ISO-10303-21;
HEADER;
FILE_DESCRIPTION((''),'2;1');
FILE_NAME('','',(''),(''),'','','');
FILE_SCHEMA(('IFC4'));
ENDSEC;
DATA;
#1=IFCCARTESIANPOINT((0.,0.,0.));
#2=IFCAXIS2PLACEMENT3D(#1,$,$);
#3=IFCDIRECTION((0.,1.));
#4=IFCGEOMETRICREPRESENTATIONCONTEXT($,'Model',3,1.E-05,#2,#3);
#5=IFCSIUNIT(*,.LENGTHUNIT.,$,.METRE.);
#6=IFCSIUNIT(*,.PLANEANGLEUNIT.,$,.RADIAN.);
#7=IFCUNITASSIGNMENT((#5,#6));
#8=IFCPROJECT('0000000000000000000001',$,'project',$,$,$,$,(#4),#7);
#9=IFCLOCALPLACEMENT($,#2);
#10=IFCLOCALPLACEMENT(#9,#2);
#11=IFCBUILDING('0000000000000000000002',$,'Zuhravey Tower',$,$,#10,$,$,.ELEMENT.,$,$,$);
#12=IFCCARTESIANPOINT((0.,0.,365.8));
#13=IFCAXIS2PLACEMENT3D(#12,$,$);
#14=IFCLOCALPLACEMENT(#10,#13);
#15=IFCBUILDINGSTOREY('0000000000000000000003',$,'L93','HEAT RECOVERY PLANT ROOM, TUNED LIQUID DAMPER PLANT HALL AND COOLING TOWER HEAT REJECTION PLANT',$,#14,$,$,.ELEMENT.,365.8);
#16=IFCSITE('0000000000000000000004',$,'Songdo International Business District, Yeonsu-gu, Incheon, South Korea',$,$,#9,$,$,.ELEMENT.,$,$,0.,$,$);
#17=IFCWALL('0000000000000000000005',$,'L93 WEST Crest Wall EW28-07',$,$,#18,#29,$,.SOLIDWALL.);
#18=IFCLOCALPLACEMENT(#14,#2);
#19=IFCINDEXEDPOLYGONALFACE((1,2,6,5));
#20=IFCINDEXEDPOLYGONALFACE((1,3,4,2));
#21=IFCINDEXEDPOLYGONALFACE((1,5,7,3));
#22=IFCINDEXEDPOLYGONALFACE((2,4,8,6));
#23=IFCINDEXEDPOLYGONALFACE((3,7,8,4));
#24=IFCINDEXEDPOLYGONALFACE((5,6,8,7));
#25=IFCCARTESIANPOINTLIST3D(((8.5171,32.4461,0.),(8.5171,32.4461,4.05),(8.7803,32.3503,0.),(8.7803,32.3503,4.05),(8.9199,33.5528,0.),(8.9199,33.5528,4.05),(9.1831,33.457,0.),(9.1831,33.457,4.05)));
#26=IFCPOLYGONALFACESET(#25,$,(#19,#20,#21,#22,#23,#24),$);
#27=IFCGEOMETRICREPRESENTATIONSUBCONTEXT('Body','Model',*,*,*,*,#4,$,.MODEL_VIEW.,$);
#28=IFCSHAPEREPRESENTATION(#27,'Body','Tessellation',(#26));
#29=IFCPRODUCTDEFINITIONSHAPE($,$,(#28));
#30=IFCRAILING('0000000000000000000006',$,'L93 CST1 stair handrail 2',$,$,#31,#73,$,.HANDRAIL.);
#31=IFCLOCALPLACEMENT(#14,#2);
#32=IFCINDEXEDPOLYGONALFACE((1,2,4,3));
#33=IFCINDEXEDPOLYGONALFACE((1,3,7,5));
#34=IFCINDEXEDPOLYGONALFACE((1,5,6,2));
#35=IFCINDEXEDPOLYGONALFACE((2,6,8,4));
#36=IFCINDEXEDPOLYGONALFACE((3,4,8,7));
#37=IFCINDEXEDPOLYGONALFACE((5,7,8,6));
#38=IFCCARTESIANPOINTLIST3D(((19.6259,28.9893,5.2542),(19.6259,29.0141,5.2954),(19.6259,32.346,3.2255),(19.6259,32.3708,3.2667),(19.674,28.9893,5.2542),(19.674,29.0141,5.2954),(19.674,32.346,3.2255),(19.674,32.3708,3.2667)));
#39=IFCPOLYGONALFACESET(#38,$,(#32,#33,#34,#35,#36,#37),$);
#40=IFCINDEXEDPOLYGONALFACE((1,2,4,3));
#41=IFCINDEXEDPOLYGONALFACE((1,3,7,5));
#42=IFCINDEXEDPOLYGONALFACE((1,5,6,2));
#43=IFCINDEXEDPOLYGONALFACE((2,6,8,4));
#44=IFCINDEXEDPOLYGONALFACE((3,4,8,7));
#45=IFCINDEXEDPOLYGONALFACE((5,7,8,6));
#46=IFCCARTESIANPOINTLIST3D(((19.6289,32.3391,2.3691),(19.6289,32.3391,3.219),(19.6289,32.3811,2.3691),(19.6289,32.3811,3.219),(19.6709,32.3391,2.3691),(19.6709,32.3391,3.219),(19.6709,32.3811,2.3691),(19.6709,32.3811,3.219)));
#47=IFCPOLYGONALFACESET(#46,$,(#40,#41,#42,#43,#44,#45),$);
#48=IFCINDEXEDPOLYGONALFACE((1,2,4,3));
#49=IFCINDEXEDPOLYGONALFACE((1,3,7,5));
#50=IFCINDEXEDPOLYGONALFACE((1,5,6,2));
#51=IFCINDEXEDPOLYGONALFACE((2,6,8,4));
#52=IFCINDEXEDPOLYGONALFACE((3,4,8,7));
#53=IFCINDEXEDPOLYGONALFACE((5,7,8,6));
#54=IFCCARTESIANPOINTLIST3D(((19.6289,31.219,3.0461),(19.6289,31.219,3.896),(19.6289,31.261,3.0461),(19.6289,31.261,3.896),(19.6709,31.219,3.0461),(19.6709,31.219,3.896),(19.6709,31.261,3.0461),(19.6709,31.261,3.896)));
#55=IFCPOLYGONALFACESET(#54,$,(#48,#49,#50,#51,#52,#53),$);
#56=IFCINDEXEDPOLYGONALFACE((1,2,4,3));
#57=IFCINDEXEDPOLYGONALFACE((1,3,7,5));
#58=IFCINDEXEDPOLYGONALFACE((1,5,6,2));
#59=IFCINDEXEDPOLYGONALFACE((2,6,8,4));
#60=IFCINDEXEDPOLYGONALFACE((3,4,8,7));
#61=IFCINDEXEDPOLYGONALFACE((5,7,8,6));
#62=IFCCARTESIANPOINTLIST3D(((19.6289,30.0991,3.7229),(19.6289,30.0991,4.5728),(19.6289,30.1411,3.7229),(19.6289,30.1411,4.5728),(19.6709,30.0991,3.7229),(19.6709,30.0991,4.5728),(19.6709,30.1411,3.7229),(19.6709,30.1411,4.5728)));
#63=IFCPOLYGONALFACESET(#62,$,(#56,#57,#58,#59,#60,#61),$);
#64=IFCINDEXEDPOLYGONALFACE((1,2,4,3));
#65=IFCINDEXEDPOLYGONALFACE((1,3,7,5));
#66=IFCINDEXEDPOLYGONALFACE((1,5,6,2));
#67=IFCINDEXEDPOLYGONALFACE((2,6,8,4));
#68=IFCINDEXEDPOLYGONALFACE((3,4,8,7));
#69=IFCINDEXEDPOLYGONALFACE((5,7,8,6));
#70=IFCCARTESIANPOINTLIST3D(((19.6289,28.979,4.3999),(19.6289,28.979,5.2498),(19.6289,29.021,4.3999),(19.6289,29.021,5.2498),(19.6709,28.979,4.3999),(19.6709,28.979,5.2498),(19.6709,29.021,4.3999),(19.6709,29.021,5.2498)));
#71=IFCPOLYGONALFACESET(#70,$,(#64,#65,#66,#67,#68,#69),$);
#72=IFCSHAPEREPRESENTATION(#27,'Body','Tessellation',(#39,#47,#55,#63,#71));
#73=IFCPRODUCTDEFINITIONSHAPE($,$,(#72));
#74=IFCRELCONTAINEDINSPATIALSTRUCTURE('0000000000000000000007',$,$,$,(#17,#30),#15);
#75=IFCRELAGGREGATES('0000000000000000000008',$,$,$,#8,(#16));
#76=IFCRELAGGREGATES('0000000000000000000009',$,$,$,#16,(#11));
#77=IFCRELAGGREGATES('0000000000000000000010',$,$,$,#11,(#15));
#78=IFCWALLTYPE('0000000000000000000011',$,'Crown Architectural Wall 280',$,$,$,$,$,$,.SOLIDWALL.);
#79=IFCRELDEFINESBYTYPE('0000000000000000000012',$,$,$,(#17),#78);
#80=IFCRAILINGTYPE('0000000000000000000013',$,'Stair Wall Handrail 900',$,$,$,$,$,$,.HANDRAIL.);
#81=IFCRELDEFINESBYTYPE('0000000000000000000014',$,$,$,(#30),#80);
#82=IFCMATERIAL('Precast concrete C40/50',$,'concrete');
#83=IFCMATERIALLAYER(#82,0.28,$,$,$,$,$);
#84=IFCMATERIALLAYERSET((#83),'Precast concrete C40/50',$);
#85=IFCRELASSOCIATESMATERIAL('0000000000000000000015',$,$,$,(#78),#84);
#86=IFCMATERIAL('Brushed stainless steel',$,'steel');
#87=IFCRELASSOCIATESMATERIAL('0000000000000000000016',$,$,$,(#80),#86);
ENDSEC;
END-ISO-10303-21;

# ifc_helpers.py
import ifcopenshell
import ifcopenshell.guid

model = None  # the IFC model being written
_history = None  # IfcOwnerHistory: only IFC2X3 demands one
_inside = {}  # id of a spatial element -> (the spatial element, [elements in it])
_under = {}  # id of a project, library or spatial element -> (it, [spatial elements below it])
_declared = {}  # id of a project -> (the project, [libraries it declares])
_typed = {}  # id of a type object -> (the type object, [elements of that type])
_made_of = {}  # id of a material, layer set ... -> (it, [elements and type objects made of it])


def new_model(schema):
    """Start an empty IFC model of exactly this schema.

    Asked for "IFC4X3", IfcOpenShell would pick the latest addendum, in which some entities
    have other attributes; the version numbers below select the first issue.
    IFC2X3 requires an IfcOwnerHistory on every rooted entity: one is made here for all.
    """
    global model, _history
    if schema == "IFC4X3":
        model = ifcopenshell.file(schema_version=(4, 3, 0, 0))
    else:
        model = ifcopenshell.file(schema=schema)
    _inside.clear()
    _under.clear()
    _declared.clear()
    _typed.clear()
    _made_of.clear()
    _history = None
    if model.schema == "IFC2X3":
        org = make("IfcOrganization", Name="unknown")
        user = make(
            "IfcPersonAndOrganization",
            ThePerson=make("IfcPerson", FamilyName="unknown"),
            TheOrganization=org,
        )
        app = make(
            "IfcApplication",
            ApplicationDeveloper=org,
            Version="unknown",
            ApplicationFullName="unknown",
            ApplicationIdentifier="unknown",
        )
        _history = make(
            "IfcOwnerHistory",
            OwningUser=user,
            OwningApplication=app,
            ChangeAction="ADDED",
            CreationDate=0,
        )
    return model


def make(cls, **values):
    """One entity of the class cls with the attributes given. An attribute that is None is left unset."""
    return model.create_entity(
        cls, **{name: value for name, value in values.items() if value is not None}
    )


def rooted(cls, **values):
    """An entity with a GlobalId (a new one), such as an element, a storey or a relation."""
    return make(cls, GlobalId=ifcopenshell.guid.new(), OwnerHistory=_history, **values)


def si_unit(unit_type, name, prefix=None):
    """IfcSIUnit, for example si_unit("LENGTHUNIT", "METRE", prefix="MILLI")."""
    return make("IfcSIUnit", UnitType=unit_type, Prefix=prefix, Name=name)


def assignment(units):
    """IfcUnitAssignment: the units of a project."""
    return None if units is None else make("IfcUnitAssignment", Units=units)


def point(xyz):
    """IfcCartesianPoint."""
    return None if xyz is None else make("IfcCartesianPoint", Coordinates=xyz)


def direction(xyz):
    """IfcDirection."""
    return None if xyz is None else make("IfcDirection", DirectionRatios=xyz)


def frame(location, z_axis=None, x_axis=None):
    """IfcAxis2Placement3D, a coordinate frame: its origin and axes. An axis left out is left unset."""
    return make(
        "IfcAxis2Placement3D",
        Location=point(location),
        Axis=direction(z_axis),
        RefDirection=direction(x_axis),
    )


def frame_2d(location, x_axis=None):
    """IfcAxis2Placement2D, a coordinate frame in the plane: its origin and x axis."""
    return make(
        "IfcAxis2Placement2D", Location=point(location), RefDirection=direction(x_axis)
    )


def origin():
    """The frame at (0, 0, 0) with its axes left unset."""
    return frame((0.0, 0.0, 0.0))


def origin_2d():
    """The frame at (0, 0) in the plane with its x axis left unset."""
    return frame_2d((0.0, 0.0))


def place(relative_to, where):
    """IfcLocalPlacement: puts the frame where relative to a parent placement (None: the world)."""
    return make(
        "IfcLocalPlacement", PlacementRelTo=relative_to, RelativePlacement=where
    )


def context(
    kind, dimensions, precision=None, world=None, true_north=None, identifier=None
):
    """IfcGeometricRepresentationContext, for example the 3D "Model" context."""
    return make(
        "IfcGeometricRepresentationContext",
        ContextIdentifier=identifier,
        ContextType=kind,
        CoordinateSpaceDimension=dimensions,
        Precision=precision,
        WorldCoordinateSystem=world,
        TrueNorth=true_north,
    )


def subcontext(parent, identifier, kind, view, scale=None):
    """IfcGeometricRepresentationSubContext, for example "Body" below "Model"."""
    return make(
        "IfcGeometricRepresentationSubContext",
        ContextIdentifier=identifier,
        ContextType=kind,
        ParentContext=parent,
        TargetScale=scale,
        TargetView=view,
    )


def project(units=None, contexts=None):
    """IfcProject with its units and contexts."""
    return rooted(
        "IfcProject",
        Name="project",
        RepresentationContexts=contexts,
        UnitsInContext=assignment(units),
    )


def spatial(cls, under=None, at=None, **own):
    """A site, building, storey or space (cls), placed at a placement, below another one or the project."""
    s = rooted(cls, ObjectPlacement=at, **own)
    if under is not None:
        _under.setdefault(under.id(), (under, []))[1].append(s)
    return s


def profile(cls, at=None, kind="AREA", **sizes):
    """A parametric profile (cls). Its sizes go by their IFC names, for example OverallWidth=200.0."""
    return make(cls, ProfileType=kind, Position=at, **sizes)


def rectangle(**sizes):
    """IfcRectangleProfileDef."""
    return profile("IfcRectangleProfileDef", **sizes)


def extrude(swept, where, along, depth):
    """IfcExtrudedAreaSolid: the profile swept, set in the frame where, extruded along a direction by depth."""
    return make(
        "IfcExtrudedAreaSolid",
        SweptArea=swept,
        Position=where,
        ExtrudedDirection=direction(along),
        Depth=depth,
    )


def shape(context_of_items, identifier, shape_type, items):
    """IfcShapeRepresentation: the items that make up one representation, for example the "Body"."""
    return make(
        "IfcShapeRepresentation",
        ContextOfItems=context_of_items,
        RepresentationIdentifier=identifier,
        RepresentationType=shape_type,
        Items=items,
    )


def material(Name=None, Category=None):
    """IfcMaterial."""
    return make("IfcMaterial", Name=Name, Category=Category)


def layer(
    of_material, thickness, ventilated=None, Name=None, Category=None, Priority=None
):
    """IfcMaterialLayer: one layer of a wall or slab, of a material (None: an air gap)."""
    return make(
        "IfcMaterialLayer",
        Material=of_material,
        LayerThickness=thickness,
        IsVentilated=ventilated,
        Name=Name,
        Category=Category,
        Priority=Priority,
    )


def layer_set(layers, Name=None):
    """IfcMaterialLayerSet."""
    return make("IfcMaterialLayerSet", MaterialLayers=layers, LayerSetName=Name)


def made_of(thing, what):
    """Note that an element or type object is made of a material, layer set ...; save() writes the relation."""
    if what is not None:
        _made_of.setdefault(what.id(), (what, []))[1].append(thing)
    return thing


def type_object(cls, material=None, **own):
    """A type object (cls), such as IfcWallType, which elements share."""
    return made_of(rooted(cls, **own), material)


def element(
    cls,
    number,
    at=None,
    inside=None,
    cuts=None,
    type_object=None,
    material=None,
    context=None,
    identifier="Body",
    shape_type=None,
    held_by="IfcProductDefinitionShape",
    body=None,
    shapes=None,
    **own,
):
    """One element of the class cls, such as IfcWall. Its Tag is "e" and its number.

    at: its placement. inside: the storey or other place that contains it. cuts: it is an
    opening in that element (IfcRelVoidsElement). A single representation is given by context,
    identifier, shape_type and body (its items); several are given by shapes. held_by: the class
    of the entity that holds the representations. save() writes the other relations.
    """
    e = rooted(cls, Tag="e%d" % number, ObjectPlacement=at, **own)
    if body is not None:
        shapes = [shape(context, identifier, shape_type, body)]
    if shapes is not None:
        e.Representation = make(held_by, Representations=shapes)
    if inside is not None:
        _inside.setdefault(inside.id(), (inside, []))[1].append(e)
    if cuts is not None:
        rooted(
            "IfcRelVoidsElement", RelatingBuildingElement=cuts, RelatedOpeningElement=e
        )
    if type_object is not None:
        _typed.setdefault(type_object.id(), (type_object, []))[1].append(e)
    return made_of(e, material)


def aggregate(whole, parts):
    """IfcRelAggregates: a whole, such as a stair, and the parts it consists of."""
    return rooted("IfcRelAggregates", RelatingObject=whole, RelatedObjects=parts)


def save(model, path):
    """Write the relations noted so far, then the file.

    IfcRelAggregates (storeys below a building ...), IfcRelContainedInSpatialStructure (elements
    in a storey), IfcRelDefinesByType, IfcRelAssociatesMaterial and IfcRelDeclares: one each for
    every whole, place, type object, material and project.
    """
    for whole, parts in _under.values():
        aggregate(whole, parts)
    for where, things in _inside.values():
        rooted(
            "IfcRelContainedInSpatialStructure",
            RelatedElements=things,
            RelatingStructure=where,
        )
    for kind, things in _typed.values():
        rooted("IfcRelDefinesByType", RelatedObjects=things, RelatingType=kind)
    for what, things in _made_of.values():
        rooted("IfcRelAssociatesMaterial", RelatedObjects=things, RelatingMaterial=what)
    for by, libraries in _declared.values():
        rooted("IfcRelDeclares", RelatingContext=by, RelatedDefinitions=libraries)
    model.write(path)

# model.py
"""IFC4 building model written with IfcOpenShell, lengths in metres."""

from ifc_helpers import new_model, si_unit, direction, frame, frame_2d, origin, origin_2d, place, context, subcontext, project, spatial, rectangle, extrude, material, layer, layer_set, type_object, element, save


model = new_model("IFC4")

# Units and contexts
model_context = context("Model", 3, precision=1e-05, world=origin(), true_north=direction((0.0, 1.0)))
body_context = subcontext(model_context, "Body", "Model", "MODEL_VIEW")
ifc_project = project(units=[si_unit("LENGTHUNIT", "METRE"), si_unit("PLANEANGLEUNIT", "RADIAN")], contexts=[model_context])

# Site, building, storey
site_placement = place(None, origin())
site = spatial("IfcSite", under=ifc_project, at=site_placement, Name="Songdo International Business District, Yeonsu-gu, Incheon, South Korea", CompositionType="ELEMENT", RefElevation=0.0)
building_placement = place(site_placement, origin())
building = spatial("IfcBuilding", under=site, at=building_placement, Name="Zuhravey Tower", CompositionType="ELEMENT")
storey_placement = place(building_placement, frame((0.0, 0.0, 365.8)))
storey = spatial("IfcBuildingStorey", under=building, at=storey_placement, Name="L93", Description="HEAT RECOVERY PLANT ROOM, TUNED LIQUID DAMPER PLANT HALL AND COOLING TOWER HEAT REJECTION PLANT", CompositionType="ELEMENT", Elevation=365.8)

# Wall
ifc_material_1 = material(Name="Precast concrete C40/50", Category="concrete")
ifc_layer_1 = layer(ifc_material_1, 0.28)
ifc_layer_set_1 = layer_set([ifc_layer_1], Name="Precast concrete C40/50")
wall_type = type_object("IfcWallType", Name="Crown Architectural Wall 280", PredefinedType="SOLIDWALL", material=ifc_layer_set_1)
wall_1_placement = place(storey_placement, frame((8.6487, 32.3982, 0.0), z_axis=(0.0, 0.0, 1.0), x_axis=(0.342043, 0.939684, 0.0)))
element("IfcWall", 1, at=wall_1_placement, inside=storey, type_object=wall_type, Name="L93 WEST Crest Wall EW28-07", PredefinedType="SOLIDWALL", context=body_context, shape_type="SweptSolid", body=[
    extrude(rectangle(XDim=1.1777, YDim=0.28, at=frame_2d((0.5889, 0.0))), origin(), (0.0, 0.0, 1.0), 4.05),
])

# Railing
ifc_material_2 = material(Name="Brushed stainless steel", Category="steel")
railing_type = type_object("IfcRailingType", Name="Stair Wall Handrail 900", PredefinedType="HANDRAIL", material=ifc_material_2)
railing_placement = place(storey_placement, frame((19.6499, 32.3601, 2.3691)))
element("IfcRailing", 2, at=railing_placement, inside=storey, type_object=railing_type, Name="L93 CST1 stair handrail 2", PredefinedType="HANDRAIL", context=body_context, shape_type="SweptSolid", body=[
    extrude(rectangle(XDim=0.0481, YDim=0.0481, at=origin_2d()), frame((0.0, -0.0017, 0.877), z_axis=(0.0, -0.855837, 0.517246), x_axis=(1.0, 0.0, 0.0)), (0.0, 0.0, 1.0), 3.9221),
    extrude(rectangle(XDim=0.042, YDim=0.042, at=origin_2d()), origin(), (0.0, 0.0, 1.0), 0.8499),
    extrude(rectangle(XDim=0.042, YDim=0.042, at=origin_2d()), frame((0.0, -1.1201, 0.677)), (0.0, 0.0, 1.0), 0.8499),
    extrude(rectangle(XDim=0.042, YDim=0.042, at=origin_2d()), frame((0.0, -2.24, 1.3538)), (0.0, 0.0, 1.0), 0.8499),
    extrude(rectangle(XDim=0.042, YDim=0.042, at=origin_2d()), frame((0.0, -3.3601, 2.0308)), (0.0, 0.0, 1.0), 0.8499),
])

save(model, "model.ifc")
